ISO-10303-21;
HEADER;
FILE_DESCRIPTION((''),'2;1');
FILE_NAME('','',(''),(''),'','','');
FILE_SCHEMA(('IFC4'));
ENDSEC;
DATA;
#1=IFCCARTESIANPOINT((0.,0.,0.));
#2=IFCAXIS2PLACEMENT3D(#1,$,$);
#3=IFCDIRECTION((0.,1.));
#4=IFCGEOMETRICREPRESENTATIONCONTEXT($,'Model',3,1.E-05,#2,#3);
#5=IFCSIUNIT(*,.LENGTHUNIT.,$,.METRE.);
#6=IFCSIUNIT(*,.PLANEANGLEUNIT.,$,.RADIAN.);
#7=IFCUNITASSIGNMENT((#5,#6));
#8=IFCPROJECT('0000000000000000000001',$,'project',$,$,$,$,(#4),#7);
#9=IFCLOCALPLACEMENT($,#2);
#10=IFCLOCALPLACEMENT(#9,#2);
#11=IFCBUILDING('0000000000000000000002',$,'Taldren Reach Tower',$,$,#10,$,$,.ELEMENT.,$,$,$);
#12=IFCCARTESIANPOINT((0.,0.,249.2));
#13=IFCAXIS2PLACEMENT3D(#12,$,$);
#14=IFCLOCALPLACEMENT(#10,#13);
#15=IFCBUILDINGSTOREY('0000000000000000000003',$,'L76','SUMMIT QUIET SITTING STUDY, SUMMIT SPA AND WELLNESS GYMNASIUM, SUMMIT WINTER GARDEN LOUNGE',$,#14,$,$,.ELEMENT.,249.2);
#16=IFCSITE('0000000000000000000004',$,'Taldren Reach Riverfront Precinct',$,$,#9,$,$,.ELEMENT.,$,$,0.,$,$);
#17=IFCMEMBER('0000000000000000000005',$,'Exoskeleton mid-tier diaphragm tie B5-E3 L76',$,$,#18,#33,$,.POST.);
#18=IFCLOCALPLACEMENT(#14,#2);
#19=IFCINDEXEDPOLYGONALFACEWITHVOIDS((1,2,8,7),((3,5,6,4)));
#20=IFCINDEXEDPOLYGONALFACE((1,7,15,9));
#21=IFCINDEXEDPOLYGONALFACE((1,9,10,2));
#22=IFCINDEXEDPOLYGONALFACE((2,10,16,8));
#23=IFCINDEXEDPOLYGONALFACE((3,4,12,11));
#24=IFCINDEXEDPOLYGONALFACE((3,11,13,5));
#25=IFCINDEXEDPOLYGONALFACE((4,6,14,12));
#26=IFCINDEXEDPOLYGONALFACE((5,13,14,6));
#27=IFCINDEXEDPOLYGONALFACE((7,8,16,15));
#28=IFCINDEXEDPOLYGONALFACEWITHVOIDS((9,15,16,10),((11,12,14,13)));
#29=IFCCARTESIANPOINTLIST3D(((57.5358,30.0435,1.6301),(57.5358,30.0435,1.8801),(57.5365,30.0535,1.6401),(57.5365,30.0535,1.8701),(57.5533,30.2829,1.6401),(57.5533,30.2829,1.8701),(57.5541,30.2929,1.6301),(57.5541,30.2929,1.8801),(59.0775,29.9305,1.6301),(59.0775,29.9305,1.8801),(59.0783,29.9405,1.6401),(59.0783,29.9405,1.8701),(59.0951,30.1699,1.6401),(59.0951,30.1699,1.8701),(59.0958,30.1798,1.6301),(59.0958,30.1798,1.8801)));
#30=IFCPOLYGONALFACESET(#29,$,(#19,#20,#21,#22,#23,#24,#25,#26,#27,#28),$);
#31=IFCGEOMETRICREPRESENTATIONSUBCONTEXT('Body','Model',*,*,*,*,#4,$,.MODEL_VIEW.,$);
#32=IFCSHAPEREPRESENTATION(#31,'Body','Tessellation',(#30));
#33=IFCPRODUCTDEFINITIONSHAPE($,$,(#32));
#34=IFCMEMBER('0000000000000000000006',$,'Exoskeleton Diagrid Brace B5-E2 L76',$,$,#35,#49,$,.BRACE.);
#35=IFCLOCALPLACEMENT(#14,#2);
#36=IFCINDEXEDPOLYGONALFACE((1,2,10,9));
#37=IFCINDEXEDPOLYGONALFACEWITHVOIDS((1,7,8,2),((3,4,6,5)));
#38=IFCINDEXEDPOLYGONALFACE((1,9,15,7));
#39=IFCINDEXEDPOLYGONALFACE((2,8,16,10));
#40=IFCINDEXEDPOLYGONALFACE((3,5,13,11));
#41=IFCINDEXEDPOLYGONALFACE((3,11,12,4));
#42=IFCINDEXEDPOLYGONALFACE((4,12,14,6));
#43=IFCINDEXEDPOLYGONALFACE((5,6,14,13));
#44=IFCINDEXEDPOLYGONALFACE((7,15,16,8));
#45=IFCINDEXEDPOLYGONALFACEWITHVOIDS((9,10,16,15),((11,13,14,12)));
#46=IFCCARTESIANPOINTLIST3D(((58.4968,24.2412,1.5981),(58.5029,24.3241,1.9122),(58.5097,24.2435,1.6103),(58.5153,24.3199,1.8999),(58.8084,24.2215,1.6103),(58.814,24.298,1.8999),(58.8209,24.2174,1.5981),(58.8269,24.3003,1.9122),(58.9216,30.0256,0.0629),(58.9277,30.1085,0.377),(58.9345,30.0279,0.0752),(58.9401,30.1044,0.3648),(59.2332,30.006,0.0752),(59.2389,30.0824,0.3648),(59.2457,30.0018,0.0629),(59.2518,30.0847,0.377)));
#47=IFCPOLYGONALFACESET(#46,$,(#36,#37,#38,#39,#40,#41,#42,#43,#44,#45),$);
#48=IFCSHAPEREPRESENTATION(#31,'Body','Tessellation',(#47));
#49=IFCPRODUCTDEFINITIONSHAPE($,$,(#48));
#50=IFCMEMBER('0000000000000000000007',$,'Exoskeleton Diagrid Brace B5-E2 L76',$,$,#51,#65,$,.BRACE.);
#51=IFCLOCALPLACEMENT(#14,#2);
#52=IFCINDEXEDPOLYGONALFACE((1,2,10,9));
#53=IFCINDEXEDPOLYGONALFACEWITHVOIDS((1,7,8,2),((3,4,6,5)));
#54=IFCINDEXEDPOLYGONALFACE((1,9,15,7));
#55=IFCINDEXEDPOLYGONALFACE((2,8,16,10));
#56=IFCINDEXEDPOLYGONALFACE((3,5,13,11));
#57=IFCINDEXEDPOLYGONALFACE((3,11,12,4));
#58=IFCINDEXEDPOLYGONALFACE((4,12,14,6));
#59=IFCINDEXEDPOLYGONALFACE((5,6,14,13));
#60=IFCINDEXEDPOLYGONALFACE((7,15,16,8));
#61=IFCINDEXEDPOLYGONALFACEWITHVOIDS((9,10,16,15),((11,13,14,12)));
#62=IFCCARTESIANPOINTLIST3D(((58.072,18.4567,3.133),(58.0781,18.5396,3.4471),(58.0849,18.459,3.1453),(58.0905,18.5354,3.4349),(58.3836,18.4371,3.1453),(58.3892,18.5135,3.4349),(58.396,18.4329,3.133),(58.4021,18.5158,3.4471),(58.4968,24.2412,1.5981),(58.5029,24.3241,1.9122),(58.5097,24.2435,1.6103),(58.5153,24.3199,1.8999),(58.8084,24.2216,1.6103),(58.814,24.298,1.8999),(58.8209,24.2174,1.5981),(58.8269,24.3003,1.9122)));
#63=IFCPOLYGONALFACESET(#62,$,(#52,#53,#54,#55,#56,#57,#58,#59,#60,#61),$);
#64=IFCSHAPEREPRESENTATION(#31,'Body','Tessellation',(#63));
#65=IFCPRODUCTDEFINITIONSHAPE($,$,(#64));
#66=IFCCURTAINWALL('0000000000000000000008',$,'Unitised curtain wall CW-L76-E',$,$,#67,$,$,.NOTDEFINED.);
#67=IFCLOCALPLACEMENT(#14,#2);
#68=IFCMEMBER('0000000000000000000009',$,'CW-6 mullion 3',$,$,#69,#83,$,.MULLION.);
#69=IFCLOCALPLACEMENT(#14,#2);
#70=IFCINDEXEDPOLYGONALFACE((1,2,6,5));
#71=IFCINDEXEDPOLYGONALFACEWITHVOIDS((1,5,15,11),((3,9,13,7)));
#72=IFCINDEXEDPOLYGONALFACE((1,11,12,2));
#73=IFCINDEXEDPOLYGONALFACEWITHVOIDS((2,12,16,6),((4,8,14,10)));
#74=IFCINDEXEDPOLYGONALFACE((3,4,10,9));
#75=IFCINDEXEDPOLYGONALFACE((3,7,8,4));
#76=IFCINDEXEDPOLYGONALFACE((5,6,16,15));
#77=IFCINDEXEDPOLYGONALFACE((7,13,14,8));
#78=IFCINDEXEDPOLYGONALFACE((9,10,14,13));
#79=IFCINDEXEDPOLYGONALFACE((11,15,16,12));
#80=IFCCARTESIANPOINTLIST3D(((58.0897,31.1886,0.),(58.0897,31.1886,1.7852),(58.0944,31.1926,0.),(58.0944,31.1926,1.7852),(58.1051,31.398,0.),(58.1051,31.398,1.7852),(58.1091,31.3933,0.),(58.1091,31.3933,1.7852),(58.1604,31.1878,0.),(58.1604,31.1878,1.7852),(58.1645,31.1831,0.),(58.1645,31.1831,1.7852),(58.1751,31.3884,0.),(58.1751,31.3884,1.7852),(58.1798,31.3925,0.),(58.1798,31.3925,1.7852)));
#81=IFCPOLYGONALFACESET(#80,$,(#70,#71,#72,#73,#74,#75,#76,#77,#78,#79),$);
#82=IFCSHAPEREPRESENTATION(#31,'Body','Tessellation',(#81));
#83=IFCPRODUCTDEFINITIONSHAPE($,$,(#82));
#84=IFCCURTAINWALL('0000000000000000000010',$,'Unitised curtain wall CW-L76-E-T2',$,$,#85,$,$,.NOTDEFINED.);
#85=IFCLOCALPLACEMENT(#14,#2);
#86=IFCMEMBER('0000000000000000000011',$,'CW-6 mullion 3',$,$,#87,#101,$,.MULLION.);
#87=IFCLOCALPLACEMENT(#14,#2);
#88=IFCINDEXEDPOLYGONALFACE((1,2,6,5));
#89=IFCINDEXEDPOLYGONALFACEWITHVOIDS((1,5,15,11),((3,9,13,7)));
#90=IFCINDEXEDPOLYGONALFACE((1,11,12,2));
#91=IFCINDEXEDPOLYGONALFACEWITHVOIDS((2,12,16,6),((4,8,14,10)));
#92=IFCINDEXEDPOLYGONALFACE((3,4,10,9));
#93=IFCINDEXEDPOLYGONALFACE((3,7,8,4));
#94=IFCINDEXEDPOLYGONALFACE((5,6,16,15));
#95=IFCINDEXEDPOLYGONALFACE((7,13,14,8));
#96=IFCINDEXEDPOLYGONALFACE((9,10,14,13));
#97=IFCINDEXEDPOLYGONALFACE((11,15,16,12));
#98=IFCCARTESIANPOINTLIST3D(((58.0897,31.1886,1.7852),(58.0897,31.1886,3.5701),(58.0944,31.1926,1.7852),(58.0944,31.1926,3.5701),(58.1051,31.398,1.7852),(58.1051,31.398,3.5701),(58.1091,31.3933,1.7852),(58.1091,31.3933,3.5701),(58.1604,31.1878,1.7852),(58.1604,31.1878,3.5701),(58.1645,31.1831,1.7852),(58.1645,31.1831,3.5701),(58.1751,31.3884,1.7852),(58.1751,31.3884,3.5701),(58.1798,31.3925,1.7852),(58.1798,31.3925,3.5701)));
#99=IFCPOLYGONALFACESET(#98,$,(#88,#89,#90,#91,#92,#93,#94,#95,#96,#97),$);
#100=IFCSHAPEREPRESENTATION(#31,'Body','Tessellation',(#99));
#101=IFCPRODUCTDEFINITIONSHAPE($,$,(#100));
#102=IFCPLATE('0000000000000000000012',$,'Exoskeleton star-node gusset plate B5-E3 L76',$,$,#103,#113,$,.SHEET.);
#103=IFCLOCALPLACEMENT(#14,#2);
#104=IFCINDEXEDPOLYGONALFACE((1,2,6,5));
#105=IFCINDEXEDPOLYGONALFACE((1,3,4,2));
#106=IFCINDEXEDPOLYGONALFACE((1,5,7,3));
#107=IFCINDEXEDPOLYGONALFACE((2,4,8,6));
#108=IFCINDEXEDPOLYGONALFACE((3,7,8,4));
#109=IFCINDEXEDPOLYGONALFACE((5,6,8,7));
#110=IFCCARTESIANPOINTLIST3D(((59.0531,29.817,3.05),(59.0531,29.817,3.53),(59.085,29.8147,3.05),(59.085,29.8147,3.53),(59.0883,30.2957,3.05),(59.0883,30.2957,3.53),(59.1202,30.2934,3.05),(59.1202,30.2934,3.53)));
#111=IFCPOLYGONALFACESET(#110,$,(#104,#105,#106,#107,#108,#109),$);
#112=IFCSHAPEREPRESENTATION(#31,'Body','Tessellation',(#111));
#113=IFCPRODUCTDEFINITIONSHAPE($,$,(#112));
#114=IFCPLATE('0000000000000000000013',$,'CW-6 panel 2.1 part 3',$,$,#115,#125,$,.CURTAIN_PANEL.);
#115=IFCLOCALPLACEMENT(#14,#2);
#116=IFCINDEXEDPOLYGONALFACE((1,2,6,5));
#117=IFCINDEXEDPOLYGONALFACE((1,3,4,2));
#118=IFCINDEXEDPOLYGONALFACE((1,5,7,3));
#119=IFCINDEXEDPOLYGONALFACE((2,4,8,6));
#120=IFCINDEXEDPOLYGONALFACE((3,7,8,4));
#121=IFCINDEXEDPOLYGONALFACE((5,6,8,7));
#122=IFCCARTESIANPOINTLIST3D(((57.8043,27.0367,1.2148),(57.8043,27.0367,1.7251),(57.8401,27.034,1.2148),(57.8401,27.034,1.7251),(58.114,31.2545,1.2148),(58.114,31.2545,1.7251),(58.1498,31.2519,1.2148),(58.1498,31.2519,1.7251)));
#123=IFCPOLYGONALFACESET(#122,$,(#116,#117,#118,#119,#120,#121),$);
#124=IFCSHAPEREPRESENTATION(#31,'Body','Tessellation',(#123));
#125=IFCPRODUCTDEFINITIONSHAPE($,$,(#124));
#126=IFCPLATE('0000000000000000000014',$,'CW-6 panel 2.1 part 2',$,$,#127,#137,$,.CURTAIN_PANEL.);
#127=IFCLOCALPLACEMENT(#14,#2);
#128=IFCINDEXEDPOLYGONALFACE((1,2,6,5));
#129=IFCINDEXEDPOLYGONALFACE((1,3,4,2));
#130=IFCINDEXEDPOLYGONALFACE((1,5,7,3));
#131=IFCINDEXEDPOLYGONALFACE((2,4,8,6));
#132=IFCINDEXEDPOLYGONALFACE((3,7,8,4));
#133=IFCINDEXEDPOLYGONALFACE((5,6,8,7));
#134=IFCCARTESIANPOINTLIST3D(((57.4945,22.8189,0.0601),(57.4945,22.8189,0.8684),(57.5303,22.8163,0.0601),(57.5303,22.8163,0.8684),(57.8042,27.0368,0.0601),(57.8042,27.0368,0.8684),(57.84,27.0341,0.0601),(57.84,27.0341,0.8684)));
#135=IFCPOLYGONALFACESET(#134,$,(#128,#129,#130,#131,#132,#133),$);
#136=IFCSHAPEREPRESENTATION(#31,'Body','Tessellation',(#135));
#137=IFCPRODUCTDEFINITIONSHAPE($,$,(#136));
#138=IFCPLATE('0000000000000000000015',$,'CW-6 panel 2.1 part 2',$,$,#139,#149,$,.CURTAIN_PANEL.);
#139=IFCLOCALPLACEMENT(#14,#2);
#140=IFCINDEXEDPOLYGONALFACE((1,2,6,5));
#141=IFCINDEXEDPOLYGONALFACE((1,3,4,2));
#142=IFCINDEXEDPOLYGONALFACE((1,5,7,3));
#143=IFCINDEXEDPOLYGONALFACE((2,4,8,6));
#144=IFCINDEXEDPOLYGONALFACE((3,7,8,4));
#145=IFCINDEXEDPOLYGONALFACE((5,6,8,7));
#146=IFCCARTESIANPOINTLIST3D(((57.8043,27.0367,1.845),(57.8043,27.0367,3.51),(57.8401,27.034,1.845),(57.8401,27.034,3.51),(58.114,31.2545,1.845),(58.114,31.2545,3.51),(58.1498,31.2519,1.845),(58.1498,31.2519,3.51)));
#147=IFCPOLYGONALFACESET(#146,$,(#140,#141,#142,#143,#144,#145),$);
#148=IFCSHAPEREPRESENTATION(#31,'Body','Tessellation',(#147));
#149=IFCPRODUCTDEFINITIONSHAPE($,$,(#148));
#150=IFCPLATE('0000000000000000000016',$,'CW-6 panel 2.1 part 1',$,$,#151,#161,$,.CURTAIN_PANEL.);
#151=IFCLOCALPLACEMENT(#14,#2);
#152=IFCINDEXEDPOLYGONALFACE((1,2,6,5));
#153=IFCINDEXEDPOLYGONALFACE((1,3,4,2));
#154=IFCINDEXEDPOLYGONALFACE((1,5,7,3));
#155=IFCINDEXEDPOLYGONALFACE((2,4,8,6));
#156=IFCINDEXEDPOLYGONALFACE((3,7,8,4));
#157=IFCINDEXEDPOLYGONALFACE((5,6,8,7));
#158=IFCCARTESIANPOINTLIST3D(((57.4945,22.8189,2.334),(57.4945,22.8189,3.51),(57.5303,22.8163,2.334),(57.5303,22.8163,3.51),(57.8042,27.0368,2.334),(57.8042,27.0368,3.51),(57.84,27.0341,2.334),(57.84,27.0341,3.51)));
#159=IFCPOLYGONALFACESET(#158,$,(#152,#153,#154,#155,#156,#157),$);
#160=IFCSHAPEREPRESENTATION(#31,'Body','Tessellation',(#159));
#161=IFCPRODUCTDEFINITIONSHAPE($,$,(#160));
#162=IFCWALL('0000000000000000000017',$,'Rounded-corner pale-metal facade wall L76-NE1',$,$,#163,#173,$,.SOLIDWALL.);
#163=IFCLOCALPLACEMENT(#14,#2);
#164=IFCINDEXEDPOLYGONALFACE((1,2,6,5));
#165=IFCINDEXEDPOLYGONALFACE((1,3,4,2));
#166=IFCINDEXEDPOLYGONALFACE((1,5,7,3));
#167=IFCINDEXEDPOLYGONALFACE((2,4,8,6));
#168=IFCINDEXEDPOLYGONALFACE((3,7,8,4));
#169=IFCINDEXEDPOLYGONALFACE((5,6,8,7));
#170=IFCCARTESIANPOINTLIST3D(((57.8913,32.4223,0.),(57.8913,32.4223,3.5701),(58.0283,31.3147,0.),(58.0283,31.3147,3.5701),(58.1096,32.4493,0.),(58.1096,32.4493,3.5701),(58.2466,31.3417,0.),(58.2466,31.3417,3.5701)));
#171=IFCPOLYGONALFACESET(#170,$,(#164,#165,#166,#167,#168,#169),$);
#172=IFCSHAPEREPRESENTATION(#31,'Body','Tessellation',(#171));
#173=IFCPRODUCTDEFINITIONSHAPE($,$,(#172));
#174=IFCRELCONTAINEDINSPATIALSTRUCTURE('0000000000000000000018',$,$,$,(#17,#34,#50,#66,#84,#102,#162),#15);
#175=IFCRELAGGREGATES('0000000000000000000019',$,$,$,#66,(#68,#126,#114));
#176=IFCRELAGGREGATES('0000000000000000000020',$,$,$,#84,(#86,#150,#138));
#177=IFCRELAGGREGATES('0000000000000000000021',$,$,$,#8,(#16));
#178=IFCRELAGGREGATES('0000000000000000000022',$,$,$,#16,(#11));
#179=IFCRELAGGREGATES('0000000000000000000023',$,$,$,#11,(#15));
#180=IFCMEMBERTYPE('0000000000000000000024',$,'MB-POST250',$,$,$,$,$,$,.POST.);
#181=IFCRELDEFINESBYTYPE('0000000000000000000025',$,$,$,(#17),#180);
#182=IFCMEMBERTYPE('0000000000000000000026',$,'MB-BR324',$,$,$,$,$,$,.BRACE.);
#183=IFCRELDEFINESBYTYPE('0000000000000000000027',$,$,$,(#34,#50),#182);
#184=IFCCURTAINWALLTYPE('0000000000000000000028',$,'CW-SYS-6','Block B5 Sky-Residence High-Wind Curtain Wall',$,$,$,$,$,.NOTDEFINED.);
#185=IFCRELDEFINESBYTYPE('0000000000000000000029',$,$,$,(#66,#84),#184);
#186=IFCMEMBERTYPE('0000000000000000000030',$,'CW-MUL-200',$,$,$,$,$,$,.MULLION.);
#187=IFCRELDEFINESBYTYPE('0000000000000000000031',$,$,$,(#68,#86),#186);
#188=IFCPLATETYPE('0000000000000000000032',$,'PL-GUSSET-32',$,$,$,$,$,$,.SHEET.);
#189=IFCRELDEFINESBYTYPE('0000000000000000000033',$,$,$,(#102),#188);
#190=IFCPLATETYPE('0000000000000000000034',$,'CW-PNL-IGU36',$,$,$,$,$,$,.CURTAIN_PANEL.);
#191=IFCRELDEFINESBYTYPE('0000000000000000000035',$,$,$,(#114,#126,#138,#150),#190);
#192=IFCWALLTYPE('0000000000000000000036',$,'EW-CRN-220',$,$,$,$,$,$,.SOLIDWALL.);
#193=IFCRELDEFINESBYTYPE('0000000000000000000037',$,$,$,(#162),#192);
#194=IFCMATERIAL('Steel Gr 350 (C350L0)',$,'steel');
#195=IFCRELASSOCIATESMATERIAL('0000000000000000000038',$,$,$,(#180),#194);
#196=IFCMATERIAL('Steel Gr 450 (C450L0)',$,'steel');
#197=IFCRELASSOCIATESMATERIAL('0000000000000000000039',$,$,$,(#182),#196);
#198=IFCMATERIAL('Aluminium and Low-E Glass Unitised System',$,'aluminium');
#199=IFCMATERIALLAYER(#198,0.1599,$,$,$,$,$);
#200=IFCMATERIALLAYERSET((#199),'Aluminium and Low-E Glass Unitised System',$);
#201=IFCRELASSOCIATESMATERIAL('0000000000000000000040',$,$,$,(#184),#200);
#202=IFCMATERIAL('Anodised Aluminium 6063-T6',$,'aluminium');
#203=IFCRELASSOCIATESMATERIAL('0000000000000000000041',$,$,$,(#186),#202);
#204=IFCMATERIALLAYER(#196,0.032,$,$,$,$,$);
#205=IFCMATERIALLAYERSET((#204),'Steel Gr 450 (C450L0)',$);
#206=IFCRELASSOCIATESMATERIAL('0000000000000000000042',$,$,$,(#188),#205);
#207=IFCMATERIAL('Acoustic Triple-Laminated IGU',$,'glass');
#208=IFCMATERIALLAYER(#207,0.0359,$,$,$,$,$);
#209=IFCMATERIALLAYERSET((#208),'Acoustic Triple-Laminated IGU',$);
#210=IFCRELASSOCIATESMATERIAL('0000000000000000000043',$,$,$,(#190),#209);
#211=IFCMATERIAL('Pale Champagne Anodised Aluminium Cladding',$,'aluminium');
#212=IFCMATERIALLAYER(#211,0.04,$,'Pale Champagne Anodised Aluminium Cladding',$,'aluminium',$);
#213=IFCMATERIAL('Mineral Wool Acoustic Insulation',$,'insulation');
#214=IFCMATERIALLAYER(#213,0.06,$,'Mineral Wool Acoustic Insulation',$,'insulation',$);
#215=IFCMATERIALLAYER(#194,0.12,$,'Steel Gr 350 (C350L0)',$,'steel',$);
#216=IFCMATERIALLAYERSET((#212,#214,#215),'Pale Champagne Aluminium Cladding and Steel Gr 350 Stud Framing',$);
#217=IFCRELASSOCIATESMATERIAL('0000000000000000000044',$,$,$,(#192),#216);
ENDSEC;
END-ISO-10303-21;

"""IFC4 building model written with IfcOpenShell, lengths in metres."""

from ifc_helpers import new_model, si_unit, direction, frame, frame_2d, origin, origin_2d, place, context, subcontext, project, spatial, rectangle, hollow_rectangle, extrude, source, transform, mapped, material, layer, layer_set, material_profile, profile_set, type_object, element, aggregate, save


model = new_model("IFC4")

# Units and contexts
model_context = context("Model", 3, precision=1e-05, world=origin(), true_north=direction((0.0, 1.0)))
body_context = subcontext(model_context, "Body", "Model", "MODEL_VIEW")
ifc_project = project(units=[si_unit("LENGTHUNIT", "METRE"), si_unit("PLANEANGLEUNIT", "RADIAN")], contexts=[model_context])

# Site, building, storey
site_placement = place(None, origin())
site = spatial("IfcSite", under=ifc_project, at=site_placement, Name="Taldren Reach Riverfront Precinct", CompositionType="ELEMENT", RefElevation=0.0)
building_placement = place(site_placement, origin())
building = spatial("IfcBuilding", under=site, at=building_placement, Name="Taldren Reach Tower", CompositionType="ELEMENT")
storey_placement = place(building_placement, frame((0.0, 0.0, 249.2)))
storey = spatial("IfcBuildingStorey", under=building, at=storey_placement, Name="L76", Description="SUMMIT QUIET SITTING STUDY, SUMMIT SPA AND WELLNESS GYMNASIUM, SUMMIT WINTER GARDEN LOUNGE", CompositionType="ELEMENT", Elevation=249.2)

# Shared definitions
ifc_material_1 = material(Name="Steel Gr 450 (C450L0)", Category="steel")

# Members
ifc_material_2 = material(Name="Steel Gr 350 (C350L0)", Category="steel")
ifc_material_profile_1 = material_profile(ifc_material_2, hollow_rectangle(XDim=0.25, YDim=0.25, WallThickness=0.01, at=origin_2d()), Name="250x250x10.0SHS")
ifc_profile_set_1 = profile_set([ifc_material_profile_1], Name="Steel Gr 350 (C350L0)")
member_type_1 = type_object("IfcMemberType", Name="MB-POST250", PredefinedType="POST", material=ifc_profile_set_1)
shared_shape_1 = source(origin(), body_context, "Body", "SweptSolid", [
    extrude(hollow_rectangle(XDim=0.25, YDim=0.25, WallThickness=0.01, at=origin_2d()), origin(), (0.0, 0.0, 1.0), 1.5459),
])
for number, where, z_axis, x_axis, name in (
    (1, (57.5449, 30.1682, 1.7551), (0.997323, -0.073121, 0.0), (0.073121, 0.997323, 0.0), "Exoskeleton mid-tier diaphragm tie B5-E3 L76"),
):
    element("IfcMember", number, at=place(storey_placement, frame(where, z_axis=z_axis, x_axis=x_axis)), inside=storey, type_object=member_type_1, Name=name, PredefinedType="POST", context=body_context, shape_type="MappedRepresentation", body=[
        mapped(shared_shape_1, transform((0.0, 0.0, 0.0), scale=1.0)),
    ])
ifc_material_profile_2 = material_profile(ifc_material_1, hollow_rectangle(XDim=0.325, YDim=0.325, WallThickness=0.0127, at=origin_2d()), Name="325x325x12.7SHS")
ifc_profile_set_2 = profile_set([ifc_material_profile_2], Name="Steel Gr 450 (C450L0)")
member_type_2 = type_object("IfcMemberType", Name="MB-BR324", PredefinedType="BRACE", material=ifc_profile_set_2)
shared_shape_2 = source(origin(), body_context, "Body", "SweptSolid", [
    extrude(hollow_rectangle(XDim=0.325, YDim=0.325, WallThickness=0.0127, at=origin_2d()), origin(), (0.0, 0.0, 1.0), 5.9998),
])
for number, where, z_axis, x_axis, name in (
    (2, (59.0867, 30.0552, 0.22), (-0.070804, -0.964115, 0.255871), (0.997314, -0.073242, 0.0), "Exoskeleton Diagrid Brace B5-E2 L76"),
    (3, (58.6619, 24.2708, 1.7551), (-0.070805, -0.964125, 0.255833), (0.997314, -0.073242, 0.0), "Exoskeleton Diagrid Brace B5-E2 L76"),
):
    element("IfcMember", number, at=place(storey_placement, frame(where, z_axis=z_axis, x_axis=x_axis)), inside=storey, type_object=member_type_2, Name=name, PredefinedType="BRACE", context=body_context, shape_type="MappedRepresentation", body=[
        mapped(shared_shape_2, transform((0.0, 0.0, 0.0), scale=1.0)),
    ])

# Curtain walls, members
ifc_material_3 = material(Name="Aluminium and Low-E Glass Unitised System", Category="aluminium")
ifc_layer_1 = layer(ifc_material_3, 0.1599)
ifc_layer_set_1 = layer_set([ifc_layer_1], Name="Aluminium and Low-E Glass Unitised System")
curtain_wall_type = type_object("IfcCurtainWallType", Name="CW-SYS-6", Description="Block B5 Sky-Residence High-Wind Curtain Wall", PredefinedType="NOTDEFINED", material=ifc_layer_set_1)
curtain_wall_1_placement = place(storey_placement, origin())
curtain_wall_1 = element("IfcCurtainWall", 4, at=curtain_wall_1_placement, inside=storey, type_object=curtain_wall_type, Name="Unitised curtain wall CW-L76-E", PredefinedType="NOTDEFINED")
ifc_material_4 = material(Name="Anodised Aluminium 6063-T6", Category="aluminium")
ifc_material_profile_3 = material_profile(ifc_material_4, hollow_rectangle(XDim=0.075, YDim=0.21, WallThickness=0.0044, at=origin_2d()), Name="ALU-210x75x4.5RHS")
ifc_profile_set_3 = profile_set([ifc_material_profile_3], Name="Anodised Aluminium 6063-T6")
member_type_3 = type_object("IfcMemberType", Name="CW-MUL-200", PredefinedType="MULLION", material=ifc_profile_set_3)
shared_shape_3 = source(origin(), body_context, "Body", "SweptSolid", [
    extrude(hollow_rectangle(XDim=0.075, YDim=0.21, WallThickness=0.0044, at=origin_2d()), origin(), (0.0, 0.0, 1.0), 1.7852),
])
member_1_placement = place(storey_placement, frame((58.1348, 31.2905, 0.0), z_axis=(0.0, 0.0, 1.0), x_axis=(-0.997314, 0.073238, 0.0)))
member_1 = element("IfcMember", 5, at=member_1_placement, type_object=member_type_3, Name="CW-6 mullion 3", PredefinedType="MULLION", context=body_context, shape_type="MappedRepresentation", body=[
    mapped(shared_shape_3, transform((0.0, 0.0, 0.0), scale=1.0)),
])
curtain_wall_2_placement = place(storey_placement, origin())
curtain_wall_2 = element("IfcCurtainWall", 6, at=curtain_wall_2_placement, inside=storey, type_object=curtain_wall_type, Name="Unitised curtain wall CW-L76-E-T2", PredefinedType="NOTDEFINED")
shared_shape_4 = source(origin(), body_context, "Body", "SweptSolid", [
    extrude(hollow_rectangle(XDim=0.075, YDim=0.21, WallThickness=0.0044, at=origin_2d()), origin(), (0.0, 0.0, 1.0), 1.7849),
])
member_2_placement = place(storey_placement, frame((58.1348, 31.2905, 1.7852), z_axis=(0.0, 0.0, 1.0), x_axis=(-0.997314, 0.073238, 0.0)))
member_2 = element("IfcMember", 7, at=member_2_placement, type_object=member_type_3, Name="CW-6 mullion 3", PredefinedType="MULLION", context=body_context, shape_type="MappedRepresentation", body=[
    mapped(shared_shape_4, transform((0.0, 0.0, 0.0), scale=1.0)),
])

# Plates
ifc_layer_2 = layer(ifc_material_1, 0.032)
ifc_layer_set_2 = layer_set([ifc_layer_2], Name="Steel Gr 450 (C450L0)")
plate_type_1 = type_object("IfcPlateType", Name="PL-GUSSET-32", PredefinedType="SHEET", material=ifc_layer_set_2)
shared_shape_5 = source(origin(), body_context, "Body", "SweptSolid", [
    extrude(rectangle(XDim=0.48, YDim=0.032, at=origin_2d()), origin(), (0.0, 0.0, 1.0), 0.48),
])
plate_1_placement = place(storey_placement, frame((59.0867, 30.0552, 3.05), z_axis=(0.0, 0.0, 1.0), x_axis=(0.073238, 0.997314, 0.0)))
element("IfcPlate", 8, at=plate_1_placement, inside=storey, type_object=plate_type_1, Name="Exoskeleton star-node gusset plate B5-E3 L76", PredefinedType="SHEET", context=body_context, shape_type="MappedRepresentation", body=[
    mapped(shared_shape_5, transform((0.0, 0.0, 0.0), scale=1.0)),
])
ifc_material_5 = material(Name="Acoustic Triple-Laminated IGU", Category="glass")
ifc_layer_3 = layer(ifc_material_5, 0.0359)
ifc_layer_set_3 = layer_set([ifc_layer_3], Name="Acoustic Triple-Laminated IGU")
plate_type_2 = type_object("IfcPlateType", Name="CW-PNL-IGU36", PredefinedType="CURTAIN_PANEL", material=ifc_layer_set_3)
shared_shape_6 = source(origin(), body_context, "Body", "SweptSolid", [
    extrude(rectangle(XDim=4.2292, YDim=0.0359, at=origin_2d()), origin(), (0.0, 0.0, 1.0), 0.5103),
])
plate_2_placement = place(storey_placement, frame((57.9771, 29.1443, 1.2148), z_axis=(0.0, 0.0, 1.0), x_axis=(0.073238, 0.997314, 0.0)))
plate_2 = element("IfcPlate", 9, at=plate_2_placement, type_object=plate_type_2, Name="CW-6 panel 2.1 part 3", PredefinedType="CURTAIN_PANEL", context=body_context, shape_type="MappedRepresentation", body=[
    mapped(shared_shape_6, transform((0.0, 0.0, 0.0), scale=1.0)),
])
shared_shape_7 = source(origin(), body_context, "Body", "SweptSolid", [
    extrude(rectangle(XDim=4.2292, YDim=0.0359, at=origin_2d()), origin(), (0.0, 0.0, 1.0), 0.8083),
])
plate_3_placement = place(storey_placement, frame((57.6672, 24.9265, 0.0601), z_axis=(0.0, 0.0, 1.0), x_axis=(0.073238, 0.997314, 0.0)))
plate_3 = element("IfcPlate", 10, at=plate_3_placement, type_object=plate_type_2, Name="CW-6 panel 2.1 part 2", PredefinedType="CURTAIN_PANEL", context=body_context, shape_type="MappedRepresentation", body=[
    mapped(shared_shape_7, transform((0.0, 0.0, 0.0), scale=1.0)),
])
aggregate(curtain_wall_1, [member_1, plate_3, plate_2])
shared_shape_8 = source(origin(), body_context, "Body", "SweptSolid", [
    extrude(rectangle(XDim=4.2292, YDim=0.0359, at=origin_2d()), origin(), (0.0, 0.0, 1.0), 1.665),
])
plate_4_placement = place(storey_placement, frame((57.9771, 29.1443, 1.845), z_axis=(0.0, 0.0, 1.0), x_axis=(0.073238, 0.997314, 0.0)))
plate_4 = element("IfcPlate", 11, at=plate_4_placement, type_object=plate_type_2, Name="CW-6 panel 2.1 part 2", PredefinedType="CURTAIN_PANEL", context=body_context, shape_type="MappedRepresentation", body=[
    mapped(shared_shape_8, transform((0.0, 0.0, 0.0), scale=1.0)),
])
shared_shape_9 = source(origin(), body_context, "Body", "SweptSolid", [
    extrude(rectangle(XDim=4.2292, YDim=0.0359, at=origin_2d()), origin(), (0.0, 0.0, 1.0), 1.176),
])
plate_5_placement = place(storey_placement, frame((57.6672, 24.9265, 2.334), z_axis=(0.0, 0.0, 1.0), x_axis=(0.073238, 0.997314, 0.0)))
plate_5 = element("IfcPlate", 12, at=plate_5_placement, type_object=plate_type_2, Name="CW-6 panel 2.1 part 1", PredefinedType="CURTAIN_PANEL", context=body_context, shape_type="MappedRepresentation", body=[
    mapped(shared_shape_9, transform((0.0, 0.0, 0.0), scale=1.0)),
])
aggregate(curtain_wall_2, [member_2, plate_5, plate_4])

# Wall
ifc_material_6 = material(Name="Pale Champagne Anodised Aluminium Cladding", Category="aluminium")
ifc_layer_4 = layer(ifc_material_6, 0.04, Name="Pale Champagne Anodised Aluminium Cladding", Category="aluminium")
ifc_material_7 = material(Name="Mineral Wool Acoustic Insulation", Category="insulation")
ifc_layer_5 = layer(ifc_material_7, 0.06, Name="Mineral Wool Acoustic Insulation", Category="insulation")
ifc_layer_6 = layer(ifc_material_2, 0.12, Name="Steel Gr 350 (C350L0)", Category="steel")
ifc_layer_set_4 = layer_set([ifc_layer_4, ifc_layer_5, ifc_layer_6], Name="Pale Champagne Aluminium Cladding and Steel Gr 350 Stud Framing")
wall_type_1 = type_object("IfcWallType", Name="EW-CRN-220", PredefinedType="SOLIDWALL", material=ifc_layer_set_4)
shared_shape_10 = source(origin(), body_context, "Body", "SweptSolid", [
    extrude(rectangle(XDim=1.116, YDim=0.22, at=frame_2d((0.5581, 0.0))), origin(), (0.0, 0.0, 1.0), 3.5701),
])
wall_1_placement = place(storey_placement, frame((58.1375, 31.3281, 0.0), z_axis=(0.0, 0.0, 1.0), x_axis=(-0.122742, 0.992439, 0.0)))
element("IfcWall", 13, at=wall_1_placement, inside=storey, type_object=wall_type_1, Name="Rounded-corner pale-metal facade wall L76-NE1", PredefinedType="SOLIDWALL", context=body_context, shape_type="MappedRepresentation", body=[
    mapped(shared_shape_10, transform((0.0, 0.0, 0.0), scale=1.0)),
])

save(model, "model.ifc")
